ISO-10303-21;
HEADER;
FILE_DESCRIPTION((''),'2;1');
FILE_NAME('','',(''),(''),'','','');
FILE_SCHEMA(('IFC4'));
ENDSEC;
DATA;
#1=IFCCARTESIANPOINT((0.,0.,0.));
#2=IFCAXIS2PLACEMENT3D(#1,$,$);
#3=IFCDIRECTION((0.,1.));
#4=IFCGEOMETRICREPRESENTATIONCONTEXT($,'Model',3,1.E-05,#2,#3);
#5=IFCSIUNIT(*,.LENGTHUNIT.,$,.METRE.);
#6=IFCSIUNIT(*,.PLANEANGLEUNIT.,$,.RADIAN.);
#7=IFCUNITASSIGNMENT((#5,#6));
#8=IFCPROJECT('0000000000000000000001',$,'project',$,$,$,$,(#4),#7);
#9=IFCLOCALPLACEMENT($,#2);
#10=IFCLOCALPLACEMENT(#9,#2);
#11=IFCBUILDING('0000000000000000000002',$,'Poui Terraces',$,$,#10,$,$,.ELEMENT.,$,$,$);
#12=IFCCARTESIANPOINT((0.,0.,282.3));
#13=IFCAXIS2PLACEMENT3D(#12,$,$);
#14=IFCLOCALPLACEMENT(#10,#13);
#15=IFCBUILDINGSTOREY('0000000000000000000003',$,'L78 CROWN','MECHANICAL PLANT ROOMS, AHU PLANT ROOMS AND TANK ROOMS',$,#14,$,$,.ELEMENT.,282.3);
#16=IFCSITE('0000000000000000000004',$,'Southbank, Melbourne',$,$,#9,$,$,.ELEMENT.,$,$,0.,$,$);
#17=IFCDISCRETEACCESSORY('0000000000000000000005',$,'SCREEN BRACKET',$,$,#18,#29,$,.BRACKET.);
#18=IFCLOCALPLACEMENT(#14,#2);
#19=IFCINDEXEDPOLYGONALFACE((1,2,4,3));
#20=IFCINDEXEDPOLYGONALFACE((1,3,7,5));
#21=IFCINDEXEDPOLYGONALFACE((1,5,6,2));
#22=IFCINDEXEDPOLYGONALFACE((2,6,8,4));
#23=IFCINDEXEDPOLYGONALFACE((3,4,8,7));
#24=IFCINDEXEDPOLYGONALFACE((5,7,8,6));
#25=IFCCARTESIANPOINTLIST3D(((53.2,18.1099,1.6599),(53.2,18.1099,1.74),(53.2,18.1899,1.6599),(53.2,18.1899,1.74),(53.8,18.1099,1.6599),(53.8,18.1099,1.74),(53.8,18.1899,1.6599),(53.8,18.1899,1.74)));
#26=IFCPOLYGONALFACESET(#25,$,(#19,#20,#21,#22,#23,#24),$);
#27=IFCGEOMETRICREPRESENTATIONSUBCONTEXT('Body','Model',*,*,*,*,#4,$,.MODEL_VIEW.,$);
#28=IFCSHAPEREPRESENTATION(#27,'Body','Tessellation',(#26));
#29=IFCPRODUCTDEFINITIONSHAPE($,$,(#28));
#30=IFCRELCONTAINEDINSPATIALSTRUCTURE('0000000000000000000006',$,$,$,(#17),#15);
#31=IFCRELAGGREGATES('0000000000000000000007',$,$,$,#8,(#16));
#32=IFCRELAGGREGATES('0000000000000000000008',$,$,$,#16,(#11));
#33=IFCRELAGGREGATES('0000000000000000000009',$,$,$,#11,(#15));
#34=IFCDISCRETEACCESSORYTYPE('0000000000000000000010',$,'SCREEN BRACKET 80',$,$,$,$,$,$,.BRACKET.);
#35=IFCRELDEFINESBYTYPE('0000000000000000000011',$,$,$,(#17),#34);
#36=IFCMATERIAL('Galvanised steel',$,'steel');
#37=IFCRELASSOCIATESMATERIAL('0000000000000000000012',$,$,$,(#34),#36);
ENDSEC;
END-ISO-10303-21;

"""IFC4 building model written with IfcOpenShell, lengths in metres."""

from ifc_helpers import new_model, si_unit, direction, frame, origin, origin_2d, place, context, subcontext, project, spatial, rectangle, extrude, source, transform, mapped, material, material_profile, profile_set, type_object, element, save


model = new_model("IFC4")

# Units and contexts
model_context = context("Model", 3, precision=1e-05, world=origin(), true_north=direction((0.0, 1.0)))
body_context = subcontext(model_context, "Body", "Model", "MODEL_VIEW")
ifc_project = project(units=[si_unit("LENGTHUNIT", "METRE"), si_unit("PLANEANGLEUNIT", "RADIAN")], contexts=[model_context])

# Site, building, storey
site_placement = place(None, origin())
site = spatial("IfcSite", under=ifc_project, at=site_placement, Name="Southbank, Melbourne", CompositionType="ELEMENT", RefElevation=0.0)
building_placement = place(site_placement, origin())
building = spatial("IfcBuilding", under=site, at=building_placement, Name="Poui Terraces", CompositionType="ELEMENT")
storey_placement = place(building_placement, frame((0.0, 0.0, 282.3)))
storey = spatial("IfcBuildingStorey", under=building, at=storey_placement, Name="L78 CROWN", Description="MECHANICAL PLANT ROOMS, AHU PLANT ROOMS AND TANK ROOMS", CompositionType="ELEMENT", Elevation=282.3)

# Discrete accessory
ifc_material_1 = material(Name="Galvanised steel", Category="steel")
ifc_material_profile_1 = material_profile(ifc_material_1, rectangle(XDim=0.0801, YDim=0.0801, at=origin_2d()), Name="SCREEN BRACKET 80")
ifc_profile_set_1 = profile_set([ifc_material_profile_1], Name="Galvanised steel")
discrete_accessory_type = type_object("IfcDiscreteAccessoryType", Name="SCREEN BRACKET 80", PredefinedType="BRACKET", material=ifc_profile_set_1)
shared_shape_1 = source(origin(), body_context, "Body", "SweptSolid", [
    extrude(rectangle(XDim=0.0801, YDim=0.0801, at=origin_2d()), origin(), (0.0, 0.0, 1.0), 0.6001),
])
for number, where, z_axis, x_axis, name in (
    (1, (53.8, 18.1499, 1.7), (-1.0, 0.0, 0.0), (0.0, -1.0, 0.0), "SCREEN BRACKET"),
):
    element("IfcDiscreteAccessory", number, at=place(storey_placement, frame(where, z_axis=z_axis, x_axis=x_axis)), inside=storey, type_object=discrete_accessory_type, Name=name, PredefinedType="BRACKET", context=body_context, shape_type="MappedRepresentation", body=[
        mapped(shared_shape_1, transform((0.0, 0.0, 0.0))),
    ])

save(model, "model.ifc")
